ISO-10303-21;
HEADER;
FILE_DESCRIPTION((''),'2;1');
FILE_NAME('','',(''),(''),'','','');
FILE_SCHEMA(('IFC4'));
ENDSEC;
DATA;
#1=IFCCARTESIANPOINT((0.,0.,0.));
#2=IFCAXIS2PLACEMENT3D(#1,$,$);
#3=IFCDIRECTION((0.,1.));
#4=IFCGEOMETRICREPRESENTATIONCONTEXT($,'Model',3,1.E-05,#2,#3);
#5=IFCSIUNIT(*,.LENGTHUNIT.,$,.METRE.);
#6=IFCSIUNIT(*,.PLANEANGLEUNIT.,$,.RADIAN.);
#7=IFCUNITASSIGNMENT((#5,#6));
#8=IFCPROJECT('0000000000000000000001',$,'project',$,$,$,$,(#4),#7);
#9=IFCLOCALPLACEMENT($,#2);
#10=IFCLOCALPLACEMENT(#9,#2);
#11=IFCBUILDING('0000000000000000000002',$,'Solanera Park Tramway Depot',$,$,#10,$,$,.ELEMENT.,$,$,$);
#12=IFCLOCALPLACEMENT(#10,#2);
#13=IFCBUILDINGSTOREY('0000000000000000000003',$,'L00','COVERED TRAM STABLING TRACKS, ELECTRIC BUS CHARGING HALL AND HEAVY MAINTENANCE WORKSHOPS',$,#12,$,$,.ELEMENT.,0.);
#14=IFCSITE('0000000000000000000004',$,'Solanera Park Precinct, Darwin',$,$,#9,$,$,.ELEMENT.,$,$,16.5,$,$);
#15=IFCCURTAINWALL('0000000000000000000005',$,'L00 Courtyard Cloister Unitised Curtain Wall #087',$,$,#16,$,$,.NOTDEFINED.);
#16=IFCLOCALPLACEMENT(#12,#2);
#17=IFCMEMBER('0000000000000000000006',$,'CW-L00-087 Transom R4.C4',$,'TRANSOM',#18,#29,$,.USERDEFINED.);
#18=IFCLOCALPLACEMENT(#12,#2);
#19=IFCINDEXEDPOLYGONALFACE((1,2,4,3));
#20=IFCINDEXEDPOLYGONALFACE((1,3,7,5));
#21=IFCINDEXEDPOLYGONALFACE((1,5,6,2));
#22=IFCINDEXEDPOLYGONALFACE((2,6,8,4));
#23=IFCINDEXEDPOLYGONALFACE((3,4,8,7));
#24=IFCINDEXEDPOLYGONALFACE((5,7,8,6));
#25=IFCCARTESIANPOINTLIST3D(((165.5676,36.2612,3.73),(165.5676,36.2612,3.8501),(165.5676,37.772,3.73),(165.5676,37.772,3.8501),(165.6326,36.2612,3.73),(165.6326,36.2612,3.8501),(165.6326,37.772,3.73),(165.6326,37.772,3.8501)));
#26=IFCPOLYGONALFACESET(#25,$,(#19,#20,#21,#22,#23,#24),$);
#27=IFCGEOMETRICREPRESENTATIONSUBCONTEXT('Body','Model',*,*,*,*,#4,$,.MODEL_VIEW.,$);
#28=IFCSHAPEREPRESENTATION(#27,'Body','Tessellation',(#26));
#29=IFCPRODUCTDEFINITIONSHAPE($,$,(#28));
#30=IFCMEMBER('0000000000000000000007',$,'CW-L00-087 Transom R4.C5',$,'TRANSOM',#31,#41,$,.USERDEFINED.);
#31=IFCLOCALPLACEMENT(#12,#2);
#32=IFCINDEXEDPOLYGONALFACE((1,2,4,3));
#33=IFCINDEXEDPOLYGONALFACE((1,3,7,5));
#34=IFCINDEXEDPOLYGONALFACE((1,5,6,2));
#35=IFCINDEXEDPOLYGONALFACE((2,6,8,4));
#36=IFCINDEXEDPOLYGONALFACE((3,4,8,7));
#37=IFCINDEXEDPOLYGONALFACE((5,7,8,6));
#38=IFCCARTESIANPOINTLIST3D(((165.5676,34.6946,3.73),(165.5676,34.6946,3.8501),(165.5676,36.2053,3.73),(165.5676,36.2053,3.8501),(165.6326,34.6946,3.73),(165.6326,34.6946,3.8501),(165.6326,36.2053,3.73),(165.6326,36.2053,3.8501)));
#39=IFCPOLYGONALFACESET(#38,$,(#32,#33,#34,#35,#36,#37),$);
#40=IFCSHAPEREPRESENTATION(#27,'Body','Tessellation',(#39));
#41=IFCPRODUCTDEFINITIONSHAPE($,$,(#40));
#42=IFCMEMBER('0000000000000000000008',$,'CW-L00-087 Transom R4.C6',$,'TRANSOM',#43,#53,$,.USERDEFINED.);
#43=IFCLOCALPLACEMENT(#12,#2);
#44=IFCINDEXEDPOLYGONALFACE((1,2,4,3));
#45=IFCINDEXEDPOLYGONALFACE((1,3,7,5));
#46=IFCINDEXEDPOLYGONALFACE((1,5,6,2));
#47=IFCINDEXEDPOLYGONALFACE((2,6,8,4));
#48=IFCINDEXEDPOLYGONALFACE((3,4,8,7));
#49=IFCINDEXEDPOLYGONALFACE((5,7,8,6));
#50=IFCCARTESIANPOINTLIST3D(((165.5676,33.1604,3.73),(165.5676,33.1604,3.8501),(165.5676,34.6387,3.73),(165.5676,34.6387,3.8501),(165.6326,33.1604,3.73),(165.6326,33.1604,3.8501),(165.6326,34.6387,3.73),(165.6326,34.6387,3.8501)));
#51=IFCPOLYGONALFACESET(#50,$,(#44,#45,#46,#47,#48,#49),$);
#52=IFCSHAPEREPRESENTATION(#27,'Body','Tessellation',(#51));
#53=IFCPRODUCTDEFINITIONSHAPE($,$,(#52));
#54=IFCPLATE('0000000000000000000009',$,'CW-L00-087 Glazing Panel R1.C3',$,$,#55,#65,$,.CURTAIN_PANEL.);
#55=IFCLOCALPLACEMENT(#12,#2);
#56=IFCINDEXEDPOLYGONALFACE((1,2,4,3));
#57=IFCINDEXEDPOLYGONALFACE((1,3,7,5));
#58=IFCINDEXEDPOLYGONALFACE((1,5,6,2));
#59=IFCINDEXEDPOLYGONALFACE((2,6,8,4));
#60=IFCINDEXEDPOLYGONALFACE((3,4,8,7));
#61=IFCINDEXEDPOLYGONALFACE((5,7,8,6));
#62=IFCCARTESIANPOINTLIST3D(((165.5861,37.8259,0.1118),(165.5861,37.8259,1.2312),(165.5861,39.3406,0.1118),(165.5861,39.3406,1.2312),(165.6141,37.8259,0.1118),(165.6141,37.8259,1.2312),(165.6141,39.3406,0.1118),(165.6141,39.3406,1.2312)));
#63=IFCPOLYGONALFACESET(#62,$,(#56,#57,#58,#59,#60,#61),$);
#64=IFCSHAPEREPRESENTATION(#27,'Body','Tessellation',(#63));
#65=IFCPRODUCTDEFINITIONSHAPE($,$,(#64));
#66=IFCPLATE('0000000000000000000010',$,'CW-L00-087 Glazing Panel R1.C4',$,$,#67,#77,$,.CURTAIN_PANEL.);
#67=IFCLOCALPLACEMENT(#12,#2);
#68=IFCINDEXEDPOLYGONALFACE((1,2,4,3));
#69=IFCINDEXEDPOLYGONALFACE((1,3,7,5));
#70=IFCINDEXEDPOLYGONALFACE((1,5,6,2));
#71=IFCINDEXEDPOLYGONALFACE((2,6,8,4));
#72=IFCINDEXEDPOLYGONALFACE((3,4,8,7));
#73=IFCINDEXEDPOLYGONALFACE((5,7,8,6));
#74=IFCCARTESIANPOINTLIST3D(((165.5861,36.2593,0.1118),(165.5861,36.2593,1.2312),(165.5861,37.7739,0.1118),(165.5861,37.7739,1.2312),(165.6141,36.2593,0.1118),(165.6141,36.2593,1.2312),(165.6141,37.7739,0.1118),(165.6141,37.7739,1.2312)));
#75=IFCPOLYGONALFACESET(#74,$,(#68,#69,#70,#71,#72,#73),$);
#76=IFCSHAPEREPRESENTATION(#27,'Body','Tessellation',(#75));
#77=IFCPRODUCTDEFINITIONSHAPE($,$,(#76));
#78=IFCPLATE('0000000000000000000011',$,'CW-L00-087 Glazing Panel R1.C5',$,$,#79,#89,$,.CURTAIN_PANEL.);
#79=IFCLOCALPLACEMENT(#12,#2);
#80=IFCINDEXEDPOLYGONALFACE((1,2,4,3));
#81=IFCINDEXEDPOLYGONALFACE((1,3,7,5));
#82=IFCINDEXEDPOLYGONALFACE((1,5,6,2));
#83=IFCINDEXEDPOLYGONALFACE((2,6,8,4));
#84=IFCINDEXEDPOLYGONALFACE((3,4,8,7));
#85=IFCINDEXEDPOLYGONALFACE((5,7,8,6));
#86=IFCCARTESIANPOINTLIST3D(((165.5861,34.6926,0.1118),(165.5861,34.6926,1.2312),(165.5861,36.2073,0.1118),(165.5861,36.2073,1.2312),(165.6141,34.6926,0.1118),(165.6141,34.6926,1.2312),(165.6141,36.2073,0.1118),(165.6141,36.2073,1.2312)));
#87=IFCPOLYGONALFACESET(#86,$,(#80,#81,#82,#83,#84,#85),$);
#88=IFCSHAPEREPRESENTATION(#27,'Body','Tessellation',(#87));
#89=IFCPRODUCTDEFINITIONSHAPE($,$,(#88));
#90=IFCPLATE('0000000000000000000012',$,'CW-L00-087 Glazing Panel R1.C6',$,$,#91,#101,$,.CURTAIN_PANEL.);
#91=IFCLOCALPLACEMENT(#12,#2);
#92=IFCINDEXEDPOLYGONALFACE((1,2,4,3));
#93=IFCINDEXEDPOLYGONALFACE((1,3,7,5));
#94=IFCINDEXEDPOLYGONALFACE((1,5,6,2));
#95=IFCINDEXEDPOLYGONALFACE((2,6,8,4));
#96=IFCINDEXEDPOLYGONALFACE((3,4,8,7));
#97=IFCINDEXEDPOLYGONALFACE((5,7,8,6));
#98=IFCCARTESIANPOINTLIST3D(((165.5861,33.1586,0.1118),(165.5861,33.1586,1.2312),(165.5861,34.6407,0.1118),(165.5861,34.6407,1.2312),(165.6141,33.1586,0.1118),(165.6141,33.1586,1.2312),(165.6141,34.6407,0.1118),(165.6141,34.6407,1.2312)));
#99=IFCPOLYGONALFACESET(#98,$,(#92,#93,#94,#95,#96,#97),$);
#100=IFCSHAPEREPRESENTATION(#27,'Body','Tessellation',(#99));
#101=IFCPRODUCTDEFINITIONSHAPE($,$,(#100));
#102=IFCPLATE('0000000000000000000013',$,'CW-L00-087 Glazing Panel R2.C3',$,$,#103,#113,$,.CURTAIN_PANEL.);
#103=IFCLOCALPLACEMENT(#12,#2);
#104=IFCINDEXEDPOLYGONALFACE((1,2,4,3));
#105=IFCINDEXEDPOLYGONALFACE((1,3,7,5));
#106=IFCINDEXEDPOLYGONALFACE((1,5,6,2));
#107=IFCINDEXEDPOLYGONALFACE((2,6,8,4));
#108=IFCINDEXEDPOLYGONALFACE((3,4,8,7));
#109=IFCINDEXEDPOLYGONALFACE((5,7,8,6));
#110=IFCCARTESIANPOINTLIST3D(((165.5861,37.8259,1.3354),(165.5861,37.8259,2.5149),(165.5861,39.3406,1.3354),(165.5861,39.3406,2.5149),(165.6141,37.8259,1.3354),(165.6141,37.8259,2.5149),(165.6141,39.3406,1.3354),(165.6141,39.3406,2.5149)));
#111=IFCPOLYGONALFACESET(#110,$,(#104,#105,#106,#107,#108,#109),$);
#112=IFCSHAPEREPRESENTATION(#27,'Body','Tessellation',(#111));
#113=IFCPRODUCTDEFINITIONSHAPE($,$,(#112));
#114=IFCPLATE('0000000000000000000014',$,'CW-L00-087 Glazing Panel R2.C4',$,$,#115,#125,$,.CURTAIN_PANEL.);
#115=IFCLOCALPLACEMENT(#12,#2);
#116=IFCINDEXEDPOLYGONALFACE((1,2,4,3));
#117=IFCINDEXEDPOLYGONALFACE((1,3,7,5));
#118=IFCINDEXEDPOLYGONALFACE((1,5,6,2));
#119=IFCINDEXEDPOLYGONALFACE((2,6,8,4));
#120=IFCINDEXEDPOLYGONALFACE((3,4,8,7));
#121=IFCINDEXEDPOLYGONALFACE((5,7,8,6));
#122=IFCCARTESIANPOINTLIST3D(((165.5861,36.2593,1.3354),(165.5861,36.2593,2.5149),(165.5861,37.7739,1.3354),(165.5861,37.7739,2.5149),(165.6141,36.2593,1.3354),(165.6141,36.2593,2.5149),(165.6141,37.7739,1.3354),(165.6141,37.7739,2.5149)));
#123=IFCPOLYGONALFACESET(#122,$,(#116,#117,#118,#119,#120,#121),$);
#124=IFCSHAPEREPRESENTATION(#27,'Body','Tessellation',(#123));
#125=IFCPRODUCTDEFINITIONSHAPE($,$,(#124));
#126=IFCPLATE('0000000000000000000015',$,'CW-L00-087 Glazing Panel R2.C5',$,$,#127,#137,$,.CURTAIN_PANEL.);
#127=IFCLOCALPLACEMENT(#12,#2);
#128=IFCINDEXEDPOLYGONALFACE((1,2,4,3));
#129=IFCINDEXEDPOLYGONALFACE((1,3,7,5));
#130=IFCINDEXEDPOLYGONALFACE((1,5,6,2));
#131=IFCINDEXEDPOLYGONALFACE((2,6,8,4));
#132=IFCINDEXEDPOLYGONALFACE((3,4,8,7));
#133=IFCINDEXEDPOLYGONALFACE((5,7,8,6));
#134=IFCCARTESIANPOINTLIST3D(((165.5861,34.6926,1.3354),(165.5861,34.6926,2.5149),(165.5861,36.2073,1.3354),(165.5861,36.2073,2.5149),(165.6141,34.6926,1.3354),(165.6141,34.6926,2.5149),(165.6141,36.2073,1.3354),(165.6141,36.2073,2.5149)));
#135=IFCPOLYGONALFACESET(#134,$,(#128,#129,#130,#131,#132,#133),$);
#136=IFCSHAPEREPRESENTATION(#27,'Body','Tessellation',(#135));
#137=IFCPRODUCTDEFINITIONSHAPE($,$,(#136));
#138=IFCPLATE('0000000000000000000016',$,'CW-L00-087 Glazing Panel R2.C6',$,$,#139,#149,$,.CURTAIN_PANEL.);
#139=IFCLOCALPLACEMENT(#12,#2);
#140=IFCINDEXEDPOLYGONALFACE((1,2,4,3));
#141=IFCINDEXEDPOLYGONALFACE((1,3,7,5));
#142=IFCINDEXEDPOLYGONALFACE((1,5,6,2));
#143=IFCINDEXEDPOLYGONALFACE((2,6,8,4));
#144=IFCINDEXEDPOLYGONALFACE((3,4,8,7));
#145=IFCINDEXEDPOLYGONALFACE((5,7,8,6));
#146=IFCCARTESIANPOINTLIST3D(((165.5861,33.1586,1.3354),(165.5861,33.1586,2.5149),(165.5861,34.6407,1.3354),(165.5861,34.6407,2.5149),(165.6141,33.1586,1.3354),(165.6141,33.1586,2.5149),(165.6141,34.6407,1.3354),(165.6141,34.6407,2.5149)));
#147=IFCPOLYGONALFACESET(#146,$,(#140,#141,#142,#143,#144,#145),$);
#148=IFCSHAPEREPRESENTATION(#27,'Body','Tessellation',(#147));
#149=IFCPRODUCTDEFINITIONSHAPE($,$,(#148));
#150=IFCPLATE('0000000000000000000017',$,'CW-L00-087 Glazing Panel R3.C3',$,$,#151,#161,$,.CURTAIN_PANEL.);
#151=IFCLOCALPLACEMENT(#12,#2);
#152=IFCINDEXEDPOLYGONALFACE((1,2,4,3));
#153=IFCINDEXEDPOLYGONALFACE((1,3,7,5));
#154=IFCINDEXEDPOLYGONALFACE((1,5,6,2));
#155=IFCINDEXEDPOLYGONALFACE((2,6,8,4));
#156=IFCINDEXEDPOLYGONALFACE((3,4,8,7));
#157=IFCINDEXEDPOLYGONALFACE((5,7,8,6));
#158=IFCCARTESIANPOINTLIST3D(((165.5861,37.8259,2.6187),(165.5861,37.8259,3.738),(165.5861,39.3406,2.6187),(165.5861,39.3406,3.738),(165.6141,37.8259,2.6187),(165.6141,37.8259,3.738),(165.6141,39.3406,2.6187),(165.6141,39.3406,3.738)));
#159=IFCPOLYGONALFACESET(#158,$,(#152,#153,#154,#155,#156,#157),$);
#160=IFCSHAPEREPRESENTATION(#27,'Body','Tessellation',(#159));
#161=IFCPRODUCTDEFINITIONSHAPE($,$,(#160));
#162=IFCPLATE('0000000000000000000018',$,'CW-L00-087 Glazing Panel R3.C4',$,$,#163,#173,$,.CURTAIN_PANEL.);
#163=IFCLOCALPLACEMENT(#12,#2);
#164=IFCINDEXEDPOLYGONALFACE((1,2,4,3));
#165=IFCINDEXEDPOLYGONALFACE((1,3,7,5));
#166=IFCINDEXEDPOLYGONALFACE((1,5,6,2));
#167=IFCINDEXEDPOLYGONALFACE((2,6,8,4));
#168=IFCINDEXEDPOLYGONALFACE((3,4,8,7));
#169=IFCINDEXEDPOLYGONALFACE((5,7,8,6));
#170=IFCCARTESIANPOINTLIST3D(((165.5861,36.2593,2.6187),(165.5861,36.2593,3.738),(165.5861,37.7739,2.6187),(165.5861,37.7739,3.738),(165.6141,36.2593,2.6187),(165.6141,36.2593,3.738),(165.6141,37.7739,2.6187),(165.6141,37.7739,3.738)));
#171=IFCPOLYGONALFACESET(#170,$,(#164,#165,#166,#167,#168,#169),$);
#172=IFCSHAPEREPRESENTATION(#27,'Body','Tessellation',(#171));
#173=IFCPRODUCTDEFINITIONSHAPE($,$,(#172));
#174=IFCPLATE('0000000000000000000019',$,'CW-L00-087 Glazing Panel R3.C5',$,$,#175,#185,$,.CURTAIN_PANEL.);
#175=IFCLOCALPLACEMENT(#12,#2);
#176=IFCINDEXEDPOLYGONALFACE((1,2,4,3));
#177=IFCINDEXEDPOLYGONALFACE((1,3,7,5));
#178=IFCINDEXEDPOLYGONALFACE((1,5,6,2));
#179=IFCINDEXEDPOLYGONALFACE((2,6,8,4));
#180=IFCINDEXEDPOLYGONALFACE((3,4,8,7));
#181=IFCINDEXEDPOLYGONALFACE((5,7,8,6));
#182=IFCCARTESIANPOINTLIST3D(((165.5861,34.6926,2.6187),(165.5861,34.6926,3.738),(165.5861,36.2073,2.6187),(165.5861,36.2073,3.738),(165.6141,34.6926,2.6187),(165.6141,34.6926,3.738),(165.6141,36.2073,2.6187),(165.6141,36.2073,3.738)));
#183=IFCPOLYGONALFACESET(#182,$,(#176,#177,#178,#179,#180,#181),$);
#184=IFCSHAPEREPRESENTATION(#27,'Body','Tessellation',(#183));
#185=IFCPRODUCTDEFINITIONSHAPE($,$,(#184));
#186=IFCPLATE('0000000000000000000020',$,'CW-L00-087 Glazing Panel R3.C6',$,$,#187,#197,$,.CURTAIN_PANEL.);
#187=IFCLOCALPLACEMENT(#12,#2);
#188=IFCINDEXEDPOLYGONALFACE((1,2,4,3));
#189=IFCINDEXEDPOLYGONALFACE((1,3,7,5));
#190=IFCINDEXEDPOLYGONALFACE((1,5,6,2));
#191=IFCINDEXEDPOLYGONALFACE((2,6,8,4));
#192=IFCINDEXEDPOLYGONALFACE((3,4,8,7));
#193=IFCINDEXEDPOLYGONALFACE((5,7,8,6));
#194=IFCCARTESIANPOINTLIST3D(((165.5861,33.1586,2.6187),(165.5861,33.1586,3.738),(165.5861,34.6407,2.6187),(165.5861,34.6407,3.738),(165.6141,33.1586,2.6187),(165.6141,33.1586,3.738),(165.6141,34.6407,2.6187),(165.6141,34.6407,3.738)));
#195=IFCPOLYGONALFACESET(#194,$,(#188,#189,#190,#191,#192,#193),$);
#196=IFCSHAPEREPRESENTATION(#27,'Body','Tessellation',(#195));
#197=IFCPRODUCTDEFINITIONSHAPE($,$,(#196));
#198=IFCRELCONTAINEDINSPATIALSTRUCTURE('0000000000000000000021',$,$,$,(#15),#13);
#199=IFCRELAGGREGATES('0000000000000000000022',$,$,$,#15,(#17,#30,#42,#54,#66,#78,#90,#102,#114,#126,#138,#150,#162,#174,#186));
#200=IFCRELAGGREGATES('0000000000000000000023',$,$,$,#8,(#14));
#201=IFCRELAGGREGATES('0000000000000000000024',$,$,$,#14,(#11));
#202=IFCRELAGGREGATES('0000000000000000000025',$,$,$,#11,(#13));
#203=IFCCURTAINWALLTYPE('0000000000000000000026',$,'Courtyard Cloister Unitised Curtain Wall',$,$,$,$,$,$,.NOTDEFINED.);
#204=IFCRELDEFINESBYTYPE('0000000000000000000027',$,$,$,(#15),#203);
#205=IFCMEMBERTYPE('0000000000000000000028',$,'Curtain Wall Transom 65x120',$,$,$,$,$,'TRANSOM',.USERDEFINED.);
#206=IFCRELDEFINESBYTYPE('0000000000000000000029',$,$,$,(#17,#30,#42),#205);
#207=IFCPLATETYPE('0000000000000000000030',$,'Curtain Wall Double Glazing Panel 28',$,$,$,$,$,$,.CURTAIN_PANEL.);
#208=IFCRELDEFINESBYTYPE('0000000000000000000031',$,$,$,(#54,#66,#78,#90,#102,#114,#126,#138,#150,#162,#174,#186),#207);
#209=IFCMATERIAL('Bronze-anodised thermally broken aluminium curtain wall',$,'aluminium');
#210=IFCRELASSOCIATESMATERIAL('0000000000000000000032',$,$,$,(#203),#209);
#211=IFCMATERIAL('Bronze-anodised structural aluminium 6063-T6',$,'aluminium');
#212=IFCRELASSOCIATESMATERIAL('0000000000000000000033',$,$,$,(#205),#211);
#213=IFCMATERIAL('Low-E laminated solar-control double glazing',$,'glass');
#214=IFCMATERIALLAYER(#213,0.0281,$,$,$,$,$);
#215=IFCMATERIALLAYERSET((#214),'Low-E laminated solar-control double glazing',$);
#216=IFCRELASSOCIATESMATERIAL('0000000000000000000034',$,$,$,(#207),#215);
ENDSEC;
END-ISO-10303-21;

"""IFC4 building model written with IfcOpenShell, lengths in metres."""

from ifc_helpers import new_model, si_unit, direction, frame, origin, origin_2d, place, context, subcontext, project, spatial, rectangle, extrude, material, layer, layer_set, material_profile, profile_set, type_object, element, aggregate, save


model = new_model("IFC4")

# Units and contexts
model_context = context("Model", 3, precision=1e-05, world=origin(), true_north=direction((0.0, 1.0)))
body_context = subcontext(model_context, "Body", "Model", "MODEL_VIEW")
ifc_project = project(units=[si_unit("LENGTHUNIT", "METRE"), si_unit("PLANEANGLEUNIT", "RADIAN")], contexts=[model_context])

# Site, building, storey
site_placement = place(None, origin())
site = spatial("IfcSite", under=ifc_project, at=site_placement, Name="Solanera Park Precinct, Darwin", CompositionType="ELEMENT", RefElevation=16.5)
building_placement = place(site_placement, origin())
building = spatial("IfcBuilding", under=site, at=building_placement, Name="Solanera Park Tramway Depot", CompositionType="ELEMENT")
storey_placement = place(building_placement, origin())
storey = spatial("IfcBuildingStorey", under=building, at=storey_placement, Name="L00", Description="COVERED TRAM STABLING TRACKS, ELECTRIC BUS CHARGING HALL AND HEAVY MAINTENANCE WORKSHOPS", CompositionType="ELEMENT", Elevation=0.0)

# Curtain wall, members, plates
ifc_material_1 = material(Name="Bronze-anodised thermally broken aluminium curtain wall", Category="aluminium")
curtain_wall_type = type_object("IfcCurtainWallType", Name="Courtyard Cloister Unitised Curtain Wall", PredefinedType="NOTDEFINED", material=ifc_material_1)
curtain_wall_placement = place(storey_placement, origin())
curtain_wall = element("IfcCurtainWall", 1, at=curtain_wall_placement, inside=storey, type_object=curtain_wall_type, Name="L00 Courtyard Cloister Unitised Curtain Wall #087", PredefinedType="NOTDEFINED")
ifc_material_2 = material(Name="Bronze-anodised structural aluminium 6063-T6", Category="aluminium")
ifc_material_profile_1 = material_profile(ifc_material_2, rectangle(XDim=0.0649, YDim=0.1201, at=origin_2d()), Name="Curtain Wall Transom 65x120")
ifc_profile_set_1 = profile_set([ifc_material_profile_1], Name="Bronze-anodised structural aluminium 6063-T6")
member_type_1 = type_object("IfcMemberType", Name="Curtain Wall Transom 65x120", ElementType="TRANSOM", PredefinedType="USERDEFINED", material=ifc_profile_set_1)
member_1_placement = place(storey_placement, frame((165.6001, 37.772, 3.79), z_axis=(0.0, -1.0, 0.0), x_axis=(1.0, 0.0, 0.0)))
member_1 = element("IfcMember", 2, at=member_1_placement, type_object=member_type_1, Name="CW-L00-087 Transom R4.C4", ObjectType="TRANSOM", PredefinedType="USERDEFINED", context=body_context, shape_type="SweptSolid", body=[
    extrude(rectangle(XDim=0.0649, YDim=0.1201, at=origin_2d()), origin(), (0.0, 0.0, 1.0), 1.5107),
])
member_2_placement = place(storey_placement, frame((165.6001, 36.2053, 3.79), z_axis=(0.0, -1.0, 0.0), x_axis=(1.0, 0.0, 0.0)))
member_2 = element("IfcMember", 3, at=member_2_placement, type_object=member_type_1, Name="CW-L00-087 Transom R4.C5", ObjectType="TRANSOM", PredefinedType="USERDEFINED", context=body_context, shape_type="SweptSolid", body=[
    extrude(rectangle(XDim=0.0649, YDim=0.1201, at=origin_2d()), origin(), (0.0, 0.0, 1.0), 1.5107),
])
member_3_placement = place(storey_placement, frame((165.6001, 34.6387, 3.79), z_axis=(0.0, -1.0, 0.0), x_axis=(1.0, 0.0, 0.0)))
member_3 = element("IfcMember", 4, at=member_3_placement, type_object=member_type_1, Name="CW-L00-087 Transom R4.C6", ObjectType="TRANSOM", PredefinedType="USERDEFINED", context=body_context, shape_type="SweptSolid", body=[
    extrude(rectangle(XDim=0.0649, YDim=0.1201, at=origin_2d()), origin(), (0.0, 0.0, 1.0), 1.4783),
])
ifc_material_3 = material(Name="Low-E laminated solar-control double glazing", Category="glass")
ifc_layer_1 = layer(ifc_material_3, 0.0281)
ifc_layer_set_1 = layer_set([ifc_layer_1], Name="Low-E laminated solar-control double glazing")
plate_type = type_object("IfcPlateType", Name="Curtain Wall Double Glazing Panel 28", PredefinedType="CURTAIN_PANEL", material=ifc_layer_set_1)
plate_1_placement = place(storey_placement, frame((165.6001, 38.5833, 0.1118), z_axis=(0.0, 0.0, 1.0), x_axis=(0.0, -1.0, 0.0)))
plate_1 = element("IfcPlate", 5, at=plate_1_placement, type_object=plate_type, Name="CW-L00-087 Glazing Panel R1.C3", PredefinedType="CURTAIN_PANEL", context=body_context, shape_type="SweptSolid", body=[
    extrude(rectangle(XDim=1.5146, YDim=0.0281, at=origin_2d()), origin(), (0.0, 0.0, 1.0), 1.1194),
])
plate_2_placement = place(storey_placement, frame((165.6001, 37.0166, 0.1118), z_axis=(0.0, 0.0, 1.0), x_axis=(0.0, -1.0, 0.0)))
plate_2 = element("IfcPlate", 6, at=plate_2_placement, type_object=plate_type, Name="CW-L00-087 Glazing Panel R1.C4", PredefinedType="CURTAIN_PANEL", context=body_context, shape_type="SweptSolid", body=[
    extrude(rectangle(XDim=1.5146, YDim=0.0281, at=origin_2d()), origin(), (0.0, 0.0, 1.0), 1.1194),
])
plate_3_placement = place(storey_placement, frame((165.6001, 35.45, 0.1118), z_axis=(0.0, 0.0, 1.0), x_axis=(0.0, -1.0, 0.0)))
plate_3 = element("IfcPlate", 7, at=plate_3_placement, type_object=plate_type, Name="CW-L00-087 Glazing Panel R1.C5", PredefinedType="CURTAIN_PANEL", context=body_context, shape_type="SweptSolid", body=[
    extrude(rectangle(XDim=1.5146, YDim=0.0281, at=origin_2d()), origin(), (0.0, 0.0, 1.0), 1.1194),
])
plate_4_placement = place(storey_placement, frame((165.6001, 33.8997, 0.1118), z_axis=(0.0, 0.0, 1.0), x_axis=(0.0, -1.0, 0.0)))
plate_4 = element("IfcPlate", 8, at=plate_4_placement, type_object=plate_type, Name="CW-L00-087 Glazing Panel R1.C6", PredefinedType="CURTAIN_PANEL", context=body_context, shape_type="SweptSolid", body=[
    extrude(rectangle(XDim=1.4822, YDim=0.0281, at=origin_2d()), origin(), (0.0, 0.0, 1.0), 1.1194),
])
plate_5_placement = place(storey_placement, frame((165.6001, 38.5833, 1.3354), z_axis=(0.0, 0.0, 1.0), x_axis=(0.0, -1.0, 0.0)))
plate_5 = element("IfcPlate", 9, at=plate_5_placement, type_object=plate_type, Name="CW-L00-087 Glazing Panel R2.C3", PredefinedType="CURTAIN_PANEL", context=body_context, shape_type="SweptSolid", body=[
    extrude(rectangle(XDim=1.5146, YDim=0.0281, at=origin_2d()), origin(), (0.0, 0.0, 1.0), 1.1794),
])
plate_6_placement = place(storey_placement, frame((165.6001, 37.0166, 1.3354), z_axis=(0.0, 0.0, 1.0), x_axis=(0.0, -1.0, 0.0)))
plate_6 = element("IfcPlate", 10, at=plate_6_placement, type_object=plate_type, Name="CW-L00-087 Glazing Panel R2.C4", PredefinedType="CURTAIN_PANEL", context=body_context, shape_type="SweptSolid", body=[
    extrude(rectangle(XDim=1.5146, YDim=0.0281, at=origin_2d()), origin(), (0.0, 0.0, 1.0), 1.1794),
])
plate_7_placement = place(storey_placement, frame((165.6001, 35.45, 1.3354), z_axis=(0.0, 0.0, 1.0), x_axis=(0.0, -1.0, 0.0)))
plate_7 = element("IfcPlate", 11, at=plate_7_placement, type_object=plate_type, Name="CW-L00-087 Glazing Panel R2.C5", PredefinedType="CURTAIN_PANEL", context=body_context, shape_type="SweptSolid", body=[
    extrude(rectangle(XDim=1.5146, YDim=0.0281, at=origin_2d()), origin(), (0.0, 0.0, 1.0), 1.1794),
])
plate_8_placement = place(storey_placement, frame((165.6001, 33.8997, 1.3354), z_axis=(0.0, 0.0, 1.0), x_axis=(0.0, -1.0, 0.0)))
plate_8 = element("IfcPlate", 12, at=plate_8_placement, type_object=plate_type, Name="CW-L00-087 Glazing Panel R2.C6", PredefinedType="CURTAIN_PANEL", context=body_context, shape_type="SweptSolid", body=[
    extrude(rectangle(XDim=1.4822, YDim=0.0281, at=origin_2d()), origin(), (0.0, 0.0, 1.0), 1.1794),
])
plate_9_placement = place(storey_placement, frame((165.6001, 38.5833, 2.6187), z_axis=(0.0, 0.0, 1.0), x_axis=(0.0, -1.0, 0.0)))
plate_9 = element("IfcPlate", 13, at=plate_9_placement, type_object=plate_type, Name="CW-L00-087 Glazing Panel R3.C3", PredefinedType="CURTAIN_PANEL", context=body_context, shape_type="SweptSolid", body=[
    extrude(rectangle(XDim=1.5146, YDim=0.0281, at=origin_2d()), origin(), (0.0, 0.0, 1.0), 1.1194),
])
plate_10_placement = place(storey_placement, frame((165.6001, 37.0166, 2.6187), z_axis=(0.0, 0.0, 1.0), x_axis=(0.0, -1.0, 0.0)))
plate_10 = element("IfcPlate", 14, at=plate_10_placement, type_object=plate_type, Name="CW-L00-087 Glazing Panel R3.C4", PredefinedType="CURTAIN_PANEL", context=body_context, shape_type="SweptSolid", body=[
    extrude(rectangle(XDim=1.5146, YDim=0.0281, at=origin_2d()), origin(), (0.0, 0.0, 1.0), 1.1194),
])
plate_11_placement = place(storey_placement, frame((165.6001, 35.45, 2.6187), z_axis=(0.0, 0.0, 1.0), x_axis=(0.0, -1.0, 0.0)))
plate_11 = element("IfcPlate", 15, at=plate_11_placement, type_object=plate_type, Name="CW-L00-087 Glazing Panel R3.C5", PredefinedType="CURTAIN_PANEL", context=body_context, shape_type="SweptSolid", body=[
    extrude(rectangle(XDim=1.5146, YDim=0.0281, at=origin_2d()), origin(), (0.0, 0.0, 1.0), 1.1194),
])
plate_12_placement = place(storey_placement, frame((165.6001, 33.8997, 2.6187), z_axis=(0.0, 0.0, 1.0), x_axis=(0.0, -1.0, 0.0)))
plate_12 = element("IfcPlate", 16, at=plate_12_placement, type_object=plate_type, Name="CW-L00-087 Glazing Panel R3.C6", PredefinedType="CURTAIN_PANEL", context=body_context, shape_type="SweptSolid", body=[
    extrude(rectangle(XDim=1.4822, YDim=0.0281, at=origin_2d()), origin(), (0.0, 0.0, 1.0), 1.1194),
])
aggregate(curtain_wall, [member_1, member_2, member_3, plate_1, plate_2, plate_3, plate_4, plate_5, plate_6, plate_7, plate_8, plate_9, plate_10, plate_11, plate_12])

save(model, "model.ifc")
